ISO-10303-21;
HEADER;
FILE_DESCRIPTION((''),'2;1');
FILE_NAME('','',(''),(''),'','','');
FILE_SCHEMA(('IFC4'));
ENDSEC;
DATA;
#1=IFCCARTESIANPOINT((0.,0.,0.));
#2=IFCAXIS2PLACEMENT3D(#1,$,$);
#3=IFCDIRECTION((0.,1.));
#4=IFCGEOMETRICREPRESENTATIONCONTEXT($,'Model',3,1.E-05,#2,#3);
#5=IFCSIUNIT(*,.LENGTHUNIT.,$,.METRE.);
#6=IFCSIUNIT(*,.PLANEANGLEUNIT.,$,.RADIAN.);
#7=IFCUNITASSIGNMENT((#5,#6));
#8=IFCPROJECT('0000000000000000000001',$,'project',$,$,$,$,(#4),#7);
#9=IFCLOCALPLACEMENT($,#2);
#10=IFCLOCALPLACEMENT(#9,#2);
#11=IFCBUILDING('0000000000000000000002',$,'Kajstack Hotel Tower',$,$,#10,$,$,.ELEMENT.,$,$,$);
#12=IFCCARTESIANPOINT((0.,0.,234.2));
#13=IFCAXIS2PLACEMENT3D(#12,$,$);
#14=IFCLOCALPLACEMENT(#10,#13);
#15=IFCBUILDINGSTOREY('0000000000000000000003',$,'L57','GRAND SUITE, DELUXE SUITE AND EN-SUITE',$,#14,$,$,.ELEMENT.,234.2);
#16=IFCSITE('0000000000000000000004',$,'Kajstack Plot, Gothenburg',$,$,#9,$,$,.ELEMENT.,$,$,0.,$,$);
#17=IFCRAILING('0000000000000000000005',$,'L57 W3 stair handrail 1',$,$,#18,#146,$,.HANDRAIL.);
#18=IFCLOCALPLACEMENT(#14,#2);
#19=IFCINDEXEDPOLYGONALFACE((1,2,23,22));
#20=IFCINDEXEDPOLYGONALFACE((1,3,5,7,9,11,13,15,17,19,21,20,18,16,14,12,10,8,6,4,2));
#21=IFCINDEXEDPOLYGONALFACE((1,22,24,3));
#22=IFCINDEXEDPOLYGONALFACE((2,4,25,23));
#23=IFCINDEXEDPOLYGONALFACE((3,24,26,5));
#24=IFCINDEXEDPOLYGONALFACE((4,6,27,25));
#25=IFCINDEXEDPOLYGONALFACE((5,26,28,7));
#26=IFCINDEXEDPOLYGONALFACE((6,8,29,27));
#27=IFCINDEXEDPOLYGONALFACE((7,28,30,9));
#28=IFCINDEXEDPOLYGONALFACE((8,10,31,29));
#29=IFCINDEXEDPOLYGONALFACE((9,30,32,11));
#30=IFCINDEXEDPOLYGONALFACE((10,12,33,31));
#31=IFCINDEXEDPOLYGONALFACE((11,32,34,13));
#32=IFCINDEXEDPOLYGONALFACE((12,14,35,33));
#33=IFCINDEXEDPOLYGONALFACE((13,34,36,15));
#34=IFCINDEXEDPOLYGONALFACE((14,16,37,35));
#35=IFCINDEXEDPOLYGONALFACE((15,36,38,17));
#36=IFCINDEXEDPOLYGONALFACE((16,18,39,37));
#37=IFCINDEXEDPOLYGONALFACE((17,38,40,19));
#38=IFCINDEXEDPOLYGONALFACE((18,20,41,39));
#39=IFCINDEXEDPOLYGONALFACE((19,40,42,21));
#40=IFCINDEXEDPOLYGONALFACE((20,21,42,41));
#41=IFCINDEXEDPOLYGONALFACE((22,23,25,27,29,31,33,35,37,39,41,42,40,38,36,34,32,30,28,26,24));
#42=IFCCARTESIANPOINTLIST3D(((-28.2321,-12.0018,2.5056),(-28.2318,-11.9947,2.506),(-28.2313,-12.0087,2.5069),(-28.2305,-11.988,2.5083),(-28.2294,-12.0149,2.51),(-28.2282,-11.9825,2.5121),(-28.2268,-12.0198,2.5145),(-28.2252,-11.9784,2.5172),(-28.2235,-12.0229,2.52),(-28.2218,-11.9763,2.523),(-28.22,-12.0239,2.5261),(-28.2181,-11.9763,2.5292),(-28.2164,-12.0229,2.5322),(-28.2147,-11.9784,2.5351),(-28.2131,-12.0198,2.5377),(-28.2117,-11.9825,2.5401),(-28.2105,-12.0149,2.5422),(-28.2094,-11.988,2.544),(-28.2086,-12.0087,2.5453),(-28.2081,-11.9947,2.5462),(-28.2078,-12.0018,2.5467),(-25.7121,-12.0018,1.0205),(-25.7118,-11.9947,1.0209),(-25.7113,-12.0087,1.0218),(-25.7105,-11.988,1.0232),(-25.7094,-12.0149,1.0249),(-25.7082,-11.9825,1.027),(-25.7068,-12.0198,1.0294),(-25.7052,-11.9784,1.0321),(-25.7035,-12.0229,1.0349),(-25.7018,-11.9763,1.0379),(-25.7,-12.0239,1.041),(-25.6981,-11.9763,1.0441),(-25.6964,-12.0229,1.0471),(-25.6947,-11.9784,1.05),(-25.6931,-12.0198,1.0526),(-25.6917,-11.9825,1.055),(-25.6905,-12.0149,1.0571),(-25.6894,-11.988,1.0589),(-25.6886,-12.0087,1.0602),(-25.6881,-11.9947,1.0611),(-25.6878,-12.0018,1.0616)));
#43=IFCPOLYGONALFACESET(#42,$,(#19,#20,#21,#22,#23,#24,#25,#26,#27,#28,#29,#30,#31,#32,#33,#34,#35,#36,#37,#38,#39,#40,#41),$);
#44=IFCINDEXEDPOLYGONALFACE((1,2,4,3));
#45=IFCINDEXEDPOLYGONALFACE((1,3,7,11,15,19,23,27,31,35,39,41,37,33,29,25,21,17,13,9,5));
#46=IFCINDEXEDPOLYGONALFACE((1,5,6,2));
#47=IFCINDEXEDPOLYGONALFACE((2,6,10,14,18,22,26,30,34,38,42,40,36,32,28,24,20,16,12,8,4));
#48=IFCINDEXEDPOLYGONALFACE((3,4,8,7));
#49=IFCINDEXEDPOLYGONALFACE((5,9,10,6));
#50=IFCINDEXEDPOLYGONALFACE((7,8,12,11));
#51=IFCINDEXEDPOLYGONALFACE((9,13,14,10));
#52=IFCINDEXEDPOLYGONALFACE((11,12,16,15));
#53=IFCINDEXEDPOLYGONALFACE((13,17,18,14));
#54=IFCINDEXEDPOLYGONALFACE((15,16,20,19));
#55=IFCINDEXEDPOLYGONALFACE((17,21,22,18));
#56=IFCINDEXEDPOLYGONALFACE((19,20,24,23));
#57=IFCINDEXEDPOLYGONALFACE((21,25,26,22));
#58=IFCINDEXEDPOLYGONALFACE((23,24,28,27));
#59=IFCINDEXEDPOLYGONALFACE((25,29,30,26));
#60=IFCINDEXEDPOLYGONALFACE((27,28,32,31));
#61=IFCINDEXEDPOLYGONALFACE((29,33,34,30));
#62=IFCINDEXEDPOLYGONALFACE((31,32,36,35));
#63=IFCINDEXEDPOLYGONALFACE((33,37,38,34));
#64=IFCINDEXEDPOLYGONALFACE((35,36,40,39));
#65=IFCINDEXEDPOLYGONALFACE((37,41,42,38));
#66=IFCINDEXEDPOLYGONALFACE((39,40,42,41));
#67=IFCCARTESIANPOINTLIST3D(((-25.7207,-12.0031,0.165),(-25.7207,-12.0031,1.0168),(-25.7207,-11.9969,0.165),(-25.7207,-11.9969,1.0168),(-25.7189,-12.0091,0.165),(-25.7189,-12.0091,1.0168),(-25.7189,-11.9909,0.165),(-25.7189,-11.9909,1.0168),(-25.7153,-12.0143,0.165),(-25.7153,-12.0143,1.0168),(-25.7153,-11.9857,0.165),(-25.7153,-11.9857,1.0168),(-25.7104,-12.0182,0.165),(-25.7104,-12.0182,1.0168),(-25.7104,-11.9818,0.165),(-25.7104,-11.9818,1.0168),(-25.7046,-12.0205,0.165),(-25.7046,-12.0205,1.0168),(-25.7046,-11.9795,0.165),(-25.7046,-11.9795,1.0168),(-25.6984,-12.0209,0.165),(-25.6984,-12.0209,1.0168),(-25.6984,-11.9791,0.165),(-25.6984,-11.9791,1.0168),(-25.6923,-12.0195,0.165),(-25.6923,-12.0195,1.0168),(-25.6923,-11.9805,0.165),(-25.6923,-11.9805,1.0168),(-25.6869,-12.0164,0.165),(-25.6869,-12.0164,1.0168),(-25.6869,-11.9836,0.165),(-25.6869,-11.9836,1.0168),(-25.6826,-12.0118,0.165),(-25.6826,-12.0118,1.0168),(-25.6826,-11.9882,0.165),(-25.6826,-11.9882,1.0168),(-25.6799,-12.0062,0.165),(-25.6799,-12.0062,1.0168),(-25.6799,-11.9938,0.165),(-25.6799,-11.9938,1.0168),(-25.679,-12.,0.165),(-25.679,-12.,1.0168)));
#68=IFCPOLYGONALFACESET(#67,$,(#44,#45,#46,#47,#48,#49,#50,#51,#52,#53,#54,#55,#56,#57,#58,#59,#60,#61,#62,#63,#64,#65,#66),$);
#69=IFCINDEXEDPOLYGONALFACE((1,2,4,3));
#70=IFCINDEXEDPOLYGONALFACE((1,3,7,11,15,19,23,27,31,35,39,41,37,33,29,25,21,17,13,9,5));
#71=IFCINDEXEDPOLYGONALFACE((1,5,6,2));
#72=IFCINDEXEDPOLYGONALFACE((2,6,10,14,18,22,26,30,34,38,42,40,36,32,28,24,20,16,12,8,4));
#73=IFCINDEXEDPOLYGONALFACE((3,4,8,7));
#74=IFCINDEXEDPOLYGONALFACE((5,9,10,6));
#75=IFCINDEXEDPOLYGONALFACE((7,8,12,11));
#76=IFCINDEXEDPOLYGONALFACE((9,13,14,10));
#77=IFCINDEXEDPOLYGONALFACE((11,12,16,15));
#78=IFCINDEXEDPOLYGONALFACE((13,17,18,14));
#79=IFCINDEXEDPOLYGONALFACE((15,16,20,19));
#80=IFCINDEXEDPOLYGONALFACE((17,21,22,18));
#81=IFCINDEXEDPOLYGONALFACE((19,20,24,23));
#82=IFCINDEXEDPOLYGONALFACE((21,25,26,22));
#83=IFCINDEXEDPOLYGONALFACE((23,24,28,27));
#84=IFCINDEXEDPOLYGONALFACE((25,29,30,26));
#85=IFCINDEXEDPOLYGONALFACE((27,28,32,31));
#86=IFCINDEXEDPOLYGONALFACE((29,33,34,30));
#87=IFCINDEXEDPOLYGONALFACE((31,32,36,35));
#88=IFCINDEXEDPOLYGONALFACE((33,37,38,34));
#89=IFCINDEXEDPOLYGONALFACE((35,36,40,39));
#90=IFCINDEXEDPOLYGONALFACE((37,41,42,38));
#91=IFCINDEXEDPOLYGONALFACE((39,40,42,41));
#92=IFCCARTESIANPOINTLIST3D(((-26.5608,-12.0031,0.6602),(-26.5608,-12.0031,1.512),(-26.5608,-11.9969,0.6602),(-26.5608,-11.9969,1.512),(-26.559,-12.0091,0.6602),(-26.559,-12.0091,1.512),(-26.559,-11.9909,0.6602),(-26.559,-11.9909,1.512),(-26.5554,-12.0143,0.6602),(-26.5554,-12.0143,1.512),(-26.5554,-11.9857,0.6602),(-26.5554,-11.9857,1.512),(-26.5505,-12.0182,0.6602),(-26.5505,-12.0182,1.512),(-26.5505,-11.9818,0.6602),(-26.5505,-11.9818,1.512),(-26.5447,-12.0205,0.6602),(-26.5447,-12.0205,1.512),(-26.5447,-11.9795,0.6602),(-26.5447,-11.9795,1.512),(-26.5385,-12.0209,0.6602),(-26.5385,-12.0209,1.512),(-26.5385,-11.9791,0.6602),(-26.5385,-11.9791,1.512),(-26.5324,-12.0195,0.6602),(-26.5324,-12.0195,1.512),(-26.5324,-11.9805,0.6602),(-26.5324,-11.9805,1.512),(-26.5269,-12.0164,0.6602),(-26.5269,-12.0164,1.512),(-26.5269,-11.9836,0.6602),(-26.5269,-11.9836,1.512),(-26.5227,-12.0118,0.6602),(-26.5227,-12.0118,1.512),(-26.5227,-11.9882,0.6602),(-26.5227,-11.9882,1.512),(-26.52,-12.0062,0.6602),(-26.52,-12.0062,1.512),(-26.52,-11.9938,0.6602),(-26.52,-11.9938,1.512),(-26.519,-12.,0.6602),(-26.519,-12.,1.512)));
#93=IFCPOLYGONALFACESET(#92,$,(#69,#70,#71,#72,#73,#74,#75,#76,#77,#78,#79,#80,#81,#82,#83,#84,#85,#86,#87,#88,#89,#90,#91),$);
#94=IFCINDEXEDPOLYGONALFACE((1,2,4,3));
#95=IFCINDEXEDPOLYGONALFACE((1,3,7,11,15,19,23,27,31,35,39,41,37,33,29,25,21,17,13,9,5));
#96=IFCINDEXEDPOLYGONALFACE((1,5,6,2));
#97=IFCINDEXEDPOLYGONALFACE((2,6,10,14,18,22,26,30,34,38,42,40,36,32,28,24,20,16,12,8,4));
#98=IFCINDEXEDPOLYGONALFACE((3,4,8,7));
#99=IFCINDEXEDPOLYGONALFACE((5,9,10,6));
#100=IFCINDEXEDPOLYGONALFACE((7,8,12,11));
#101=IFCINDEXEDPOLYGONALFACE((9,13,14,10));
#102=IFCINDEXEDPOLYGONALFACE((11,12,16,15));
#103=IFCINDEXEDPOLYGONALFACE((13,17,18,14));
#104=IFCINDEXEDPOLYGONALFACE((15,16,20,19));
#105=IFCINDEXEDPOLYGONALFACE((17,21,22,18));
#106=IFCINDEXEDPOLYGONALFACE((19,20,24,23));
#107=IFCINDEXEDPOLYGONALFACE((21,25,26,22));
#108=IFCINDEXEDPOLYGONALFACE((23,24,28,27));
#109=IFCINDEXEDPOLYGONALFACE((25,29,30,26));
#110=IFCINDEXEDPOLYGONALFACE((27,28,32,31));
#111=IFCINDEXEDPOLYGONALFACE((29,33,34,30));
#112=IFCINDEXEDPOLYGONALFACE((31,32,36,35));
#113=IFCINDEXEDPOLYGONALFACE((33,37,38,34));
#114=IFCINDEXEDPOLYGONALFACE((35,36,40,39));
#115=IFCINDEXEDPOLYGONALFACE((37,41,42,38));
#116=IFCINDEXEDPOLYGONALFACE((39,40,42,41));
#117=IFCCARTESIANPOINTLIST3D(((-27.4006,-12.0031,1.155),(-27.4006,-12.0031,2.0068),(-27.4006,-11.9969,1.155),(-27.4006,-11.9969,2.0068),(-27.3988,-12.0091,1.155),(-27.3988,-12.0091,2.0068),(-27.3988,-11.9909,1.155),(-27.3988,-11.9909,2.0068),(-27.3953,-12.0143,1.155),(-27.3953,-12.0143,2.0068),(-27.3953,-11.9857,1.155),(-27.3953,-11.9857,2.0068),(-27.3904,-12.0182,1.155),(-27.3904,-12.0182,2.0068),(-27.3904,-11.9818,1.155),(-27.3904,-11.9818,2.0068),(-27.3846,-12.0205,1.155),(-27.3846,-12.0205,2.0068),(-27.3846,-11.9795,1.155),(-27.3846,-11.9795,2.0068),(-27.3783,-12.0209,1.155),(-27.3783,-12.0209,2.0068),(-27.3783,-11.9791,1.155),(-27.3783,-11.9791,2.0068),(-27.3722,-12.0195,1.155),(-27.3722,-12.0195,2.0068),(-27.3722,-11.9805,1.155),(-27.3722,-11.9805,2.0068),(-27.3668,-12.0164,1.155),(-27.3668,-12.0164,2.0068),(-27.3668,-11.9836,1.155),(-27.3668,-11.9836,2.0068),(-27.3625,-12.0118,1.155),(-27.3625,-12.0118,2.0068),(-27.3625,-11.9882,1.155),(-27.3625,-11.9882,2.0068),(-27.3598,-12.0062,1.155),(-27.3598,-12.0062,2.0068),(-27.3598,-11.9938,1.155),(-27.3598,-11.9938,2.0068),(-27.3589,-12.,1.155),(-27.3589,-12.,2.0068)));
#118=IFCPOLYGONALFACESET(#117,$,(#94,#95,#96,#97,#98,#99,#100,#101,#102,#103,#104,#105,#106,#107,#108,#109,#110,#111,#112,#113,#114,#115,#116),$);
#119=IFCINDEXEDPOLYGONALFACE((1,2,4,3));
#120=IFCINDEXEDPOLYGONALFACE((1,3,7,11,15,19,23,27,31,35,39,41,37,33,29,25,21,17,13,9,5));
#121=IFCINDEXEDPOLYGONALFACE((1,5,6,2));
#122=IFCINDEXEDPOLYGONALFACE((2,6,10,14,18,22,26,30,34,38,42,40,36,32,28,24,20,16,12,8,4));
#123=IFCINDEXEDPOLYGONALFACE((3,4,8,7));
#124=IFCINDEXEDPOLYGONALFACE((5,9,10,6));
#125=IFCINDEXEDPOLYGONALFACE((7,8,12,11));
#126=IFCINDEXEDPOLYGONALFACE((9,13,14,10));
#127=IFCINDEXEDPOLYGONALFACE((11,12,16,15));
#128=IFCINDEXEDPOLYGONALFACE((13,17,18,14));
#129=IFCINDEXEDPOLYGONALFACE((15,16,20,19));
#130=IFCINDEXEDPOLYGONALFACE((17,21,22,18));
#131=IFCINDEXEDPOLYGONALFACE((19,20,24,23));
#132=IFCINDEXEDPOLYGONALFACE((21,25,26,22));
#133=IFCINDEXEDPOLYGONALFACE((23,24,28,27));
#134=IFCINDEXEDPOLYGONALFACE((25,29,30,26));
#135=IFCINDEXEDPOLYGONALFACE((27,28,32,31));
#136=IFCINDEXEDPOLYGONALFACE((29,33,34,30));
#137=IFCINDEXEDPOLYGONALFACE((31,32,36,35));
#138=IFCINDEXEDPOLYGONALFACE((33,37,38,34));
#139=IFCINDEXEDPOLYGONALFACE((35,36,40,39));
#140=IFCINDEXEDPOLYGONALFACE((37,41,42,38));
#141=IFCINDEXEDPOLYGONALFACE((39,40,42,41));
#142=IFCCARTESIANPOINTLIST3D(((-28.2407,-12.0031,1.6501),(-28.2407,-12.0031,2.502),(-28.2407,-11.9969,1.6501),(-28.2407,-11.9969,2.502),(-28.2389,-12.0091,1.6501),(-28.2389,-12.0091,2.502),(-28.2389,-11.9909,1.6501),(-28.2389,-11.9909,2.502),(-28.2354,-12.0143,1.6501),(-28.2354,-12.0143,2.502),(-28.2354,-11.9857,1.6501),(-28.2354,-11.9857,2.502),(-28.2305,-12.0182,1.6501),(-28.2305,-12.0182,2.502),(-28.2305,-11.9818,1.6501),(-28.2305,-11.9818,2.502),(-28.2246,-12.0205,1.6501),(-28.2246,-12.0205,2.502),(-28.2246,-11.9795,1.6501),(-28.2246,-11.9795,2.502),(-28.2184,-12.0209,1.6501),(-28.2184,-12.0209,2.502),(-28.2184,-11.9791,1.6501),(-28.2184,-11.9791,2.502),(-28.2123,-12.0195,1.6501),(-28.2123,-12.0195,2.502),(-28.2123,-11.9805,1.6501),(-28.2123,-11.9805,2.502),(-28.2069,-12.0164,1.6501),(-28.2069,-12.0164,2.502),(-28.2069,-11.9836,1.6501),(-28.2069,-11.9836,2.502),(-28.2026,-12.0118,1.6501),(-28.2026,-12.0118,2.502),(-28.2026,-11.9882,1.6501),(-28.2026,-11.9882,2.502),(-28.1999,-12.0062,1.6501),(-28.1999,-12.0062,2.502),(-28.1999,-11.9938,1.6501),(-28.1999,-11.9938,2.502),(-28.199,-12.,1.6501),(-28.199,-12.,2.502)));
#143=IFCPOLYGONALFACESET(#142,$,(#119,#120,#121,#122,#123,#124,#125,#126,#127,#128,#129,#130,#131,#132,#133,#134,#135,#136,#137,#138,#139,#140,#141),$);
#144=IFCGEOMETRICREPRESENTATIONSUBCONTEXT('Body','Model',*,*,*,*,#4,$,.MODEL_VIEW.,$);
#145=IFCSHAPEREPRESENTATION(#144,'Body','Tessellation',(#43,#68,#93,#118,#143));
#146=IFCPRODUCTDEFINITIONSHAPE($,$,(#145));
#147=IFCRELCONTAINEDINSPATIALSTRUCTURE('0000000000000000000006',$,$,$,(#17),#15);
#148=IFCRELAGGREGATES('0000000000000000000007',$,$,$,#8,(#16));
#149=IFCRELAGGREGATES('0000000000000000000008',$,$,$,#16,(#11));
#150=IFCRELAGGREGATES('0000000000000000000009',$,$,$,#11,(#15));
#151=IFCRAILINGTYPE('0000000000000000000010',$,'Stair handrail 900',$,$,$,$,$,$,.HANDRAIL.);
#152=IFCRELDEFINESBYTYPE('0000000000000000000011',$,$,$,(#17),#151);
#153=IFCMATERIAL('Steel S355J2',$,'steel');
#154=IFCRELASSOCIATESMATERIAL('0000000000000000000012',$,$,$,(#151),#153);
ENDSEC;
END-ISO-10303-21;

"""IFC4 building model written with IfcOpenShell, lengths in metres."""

from ifc_helpers import new_model, si_unit, direction, frame, origin, origin_2d, place, context, subcontext, project, spatial, circle, extrude, material, type_object, element, save


model = new_model("IFC4")

# Units and contexts
model_context = context("Model", 3, precision=1e-05, world=origin(), true_north=direction((0.0, 1.0)))
body_context = subcontext(model_context, "Body", "Model", "MODEL_VIEW")
ifc_project = project(units=[si_unit("LENGTHUNIT", "METRE"), si_unit("PLANEANGLEUNIT", "RADIAN")], contexts=[model_context])

# Site, building, storey
site_placement = place(None, origin())
site = spatial("IfcSite", under=ifc_project, at=site_placement, Name="Kajstack Plot, Gothenburg", CompositionType="ELEMENT", RefElevation=0.0)
building_placement = place(site_placement, origin())
building = spatial("IfcBuilding", under=site, at=building_placement, Name="Kajstack Hotel Tower", CompositionType="ELEMENT")
storey_placement = place(building_placement, frame((0.0, 0.0, 234.2)))
storey = spatial("IfcBuildingStorey", under=building, at=storey_placement, Name="L57", Description="GRAND SUITE, DELUXE SUITE AND EN-SUITE", CompositionType="ELEMENT", Elevation=234.2)

# Railing
ifc_material_1 = material(Name="Steel S355J2", Category="steel")
railing_type_1 = type_object("IfcRailingType", Name="Stair handrail 900", PredefinedType="HANDRAIL", material=ifc_material_1)
railing_1_placement = place(storey_placement, frame((-25.7, -12.0, 0.165)))
element("IfcRailing", 1, at=railing_1_placement, inside=storey, type_object=railing_type_1, Name="L57 W3 stair handrail 1", PredefinedType="HANDRAIL", context=body_context, shape_type="SweptSolid", body=[
    extrude(circle(Radius=0.0239, at=origin_2d()), frame((0.0, 0.0, 0.876), z_axis=(-0.861524, 0.0, 0.507717), x_axis=(0.0, -1.0, 0.0)), (0.0, 0.0, 1.0), 2.925),
    extrude(circle(Radius=0.021, at=origin_2d()), origin(), (0.0, 0.0, 1.0), 0.8518),
    extrude(circle(Radius=0.021, at=origin_2d()), frame((-0.8401, 0.0, 0.4951)), (0.0, 0.0, 1.0), 0.8518),
    extrude(circle(Radius=0.021, at=origin_2d()), frame((-1.6799, 0.0, 0.99)), (0.0, 0.0, 1.0), 0.8518),
    extrude(circle(Radius=0.021, at=origin_2d()), frame((-2.52, 0.0, 1.4851)), (0.0, 0.0, 1.0), 0.8518),
])

save(model, "model.ifc")
